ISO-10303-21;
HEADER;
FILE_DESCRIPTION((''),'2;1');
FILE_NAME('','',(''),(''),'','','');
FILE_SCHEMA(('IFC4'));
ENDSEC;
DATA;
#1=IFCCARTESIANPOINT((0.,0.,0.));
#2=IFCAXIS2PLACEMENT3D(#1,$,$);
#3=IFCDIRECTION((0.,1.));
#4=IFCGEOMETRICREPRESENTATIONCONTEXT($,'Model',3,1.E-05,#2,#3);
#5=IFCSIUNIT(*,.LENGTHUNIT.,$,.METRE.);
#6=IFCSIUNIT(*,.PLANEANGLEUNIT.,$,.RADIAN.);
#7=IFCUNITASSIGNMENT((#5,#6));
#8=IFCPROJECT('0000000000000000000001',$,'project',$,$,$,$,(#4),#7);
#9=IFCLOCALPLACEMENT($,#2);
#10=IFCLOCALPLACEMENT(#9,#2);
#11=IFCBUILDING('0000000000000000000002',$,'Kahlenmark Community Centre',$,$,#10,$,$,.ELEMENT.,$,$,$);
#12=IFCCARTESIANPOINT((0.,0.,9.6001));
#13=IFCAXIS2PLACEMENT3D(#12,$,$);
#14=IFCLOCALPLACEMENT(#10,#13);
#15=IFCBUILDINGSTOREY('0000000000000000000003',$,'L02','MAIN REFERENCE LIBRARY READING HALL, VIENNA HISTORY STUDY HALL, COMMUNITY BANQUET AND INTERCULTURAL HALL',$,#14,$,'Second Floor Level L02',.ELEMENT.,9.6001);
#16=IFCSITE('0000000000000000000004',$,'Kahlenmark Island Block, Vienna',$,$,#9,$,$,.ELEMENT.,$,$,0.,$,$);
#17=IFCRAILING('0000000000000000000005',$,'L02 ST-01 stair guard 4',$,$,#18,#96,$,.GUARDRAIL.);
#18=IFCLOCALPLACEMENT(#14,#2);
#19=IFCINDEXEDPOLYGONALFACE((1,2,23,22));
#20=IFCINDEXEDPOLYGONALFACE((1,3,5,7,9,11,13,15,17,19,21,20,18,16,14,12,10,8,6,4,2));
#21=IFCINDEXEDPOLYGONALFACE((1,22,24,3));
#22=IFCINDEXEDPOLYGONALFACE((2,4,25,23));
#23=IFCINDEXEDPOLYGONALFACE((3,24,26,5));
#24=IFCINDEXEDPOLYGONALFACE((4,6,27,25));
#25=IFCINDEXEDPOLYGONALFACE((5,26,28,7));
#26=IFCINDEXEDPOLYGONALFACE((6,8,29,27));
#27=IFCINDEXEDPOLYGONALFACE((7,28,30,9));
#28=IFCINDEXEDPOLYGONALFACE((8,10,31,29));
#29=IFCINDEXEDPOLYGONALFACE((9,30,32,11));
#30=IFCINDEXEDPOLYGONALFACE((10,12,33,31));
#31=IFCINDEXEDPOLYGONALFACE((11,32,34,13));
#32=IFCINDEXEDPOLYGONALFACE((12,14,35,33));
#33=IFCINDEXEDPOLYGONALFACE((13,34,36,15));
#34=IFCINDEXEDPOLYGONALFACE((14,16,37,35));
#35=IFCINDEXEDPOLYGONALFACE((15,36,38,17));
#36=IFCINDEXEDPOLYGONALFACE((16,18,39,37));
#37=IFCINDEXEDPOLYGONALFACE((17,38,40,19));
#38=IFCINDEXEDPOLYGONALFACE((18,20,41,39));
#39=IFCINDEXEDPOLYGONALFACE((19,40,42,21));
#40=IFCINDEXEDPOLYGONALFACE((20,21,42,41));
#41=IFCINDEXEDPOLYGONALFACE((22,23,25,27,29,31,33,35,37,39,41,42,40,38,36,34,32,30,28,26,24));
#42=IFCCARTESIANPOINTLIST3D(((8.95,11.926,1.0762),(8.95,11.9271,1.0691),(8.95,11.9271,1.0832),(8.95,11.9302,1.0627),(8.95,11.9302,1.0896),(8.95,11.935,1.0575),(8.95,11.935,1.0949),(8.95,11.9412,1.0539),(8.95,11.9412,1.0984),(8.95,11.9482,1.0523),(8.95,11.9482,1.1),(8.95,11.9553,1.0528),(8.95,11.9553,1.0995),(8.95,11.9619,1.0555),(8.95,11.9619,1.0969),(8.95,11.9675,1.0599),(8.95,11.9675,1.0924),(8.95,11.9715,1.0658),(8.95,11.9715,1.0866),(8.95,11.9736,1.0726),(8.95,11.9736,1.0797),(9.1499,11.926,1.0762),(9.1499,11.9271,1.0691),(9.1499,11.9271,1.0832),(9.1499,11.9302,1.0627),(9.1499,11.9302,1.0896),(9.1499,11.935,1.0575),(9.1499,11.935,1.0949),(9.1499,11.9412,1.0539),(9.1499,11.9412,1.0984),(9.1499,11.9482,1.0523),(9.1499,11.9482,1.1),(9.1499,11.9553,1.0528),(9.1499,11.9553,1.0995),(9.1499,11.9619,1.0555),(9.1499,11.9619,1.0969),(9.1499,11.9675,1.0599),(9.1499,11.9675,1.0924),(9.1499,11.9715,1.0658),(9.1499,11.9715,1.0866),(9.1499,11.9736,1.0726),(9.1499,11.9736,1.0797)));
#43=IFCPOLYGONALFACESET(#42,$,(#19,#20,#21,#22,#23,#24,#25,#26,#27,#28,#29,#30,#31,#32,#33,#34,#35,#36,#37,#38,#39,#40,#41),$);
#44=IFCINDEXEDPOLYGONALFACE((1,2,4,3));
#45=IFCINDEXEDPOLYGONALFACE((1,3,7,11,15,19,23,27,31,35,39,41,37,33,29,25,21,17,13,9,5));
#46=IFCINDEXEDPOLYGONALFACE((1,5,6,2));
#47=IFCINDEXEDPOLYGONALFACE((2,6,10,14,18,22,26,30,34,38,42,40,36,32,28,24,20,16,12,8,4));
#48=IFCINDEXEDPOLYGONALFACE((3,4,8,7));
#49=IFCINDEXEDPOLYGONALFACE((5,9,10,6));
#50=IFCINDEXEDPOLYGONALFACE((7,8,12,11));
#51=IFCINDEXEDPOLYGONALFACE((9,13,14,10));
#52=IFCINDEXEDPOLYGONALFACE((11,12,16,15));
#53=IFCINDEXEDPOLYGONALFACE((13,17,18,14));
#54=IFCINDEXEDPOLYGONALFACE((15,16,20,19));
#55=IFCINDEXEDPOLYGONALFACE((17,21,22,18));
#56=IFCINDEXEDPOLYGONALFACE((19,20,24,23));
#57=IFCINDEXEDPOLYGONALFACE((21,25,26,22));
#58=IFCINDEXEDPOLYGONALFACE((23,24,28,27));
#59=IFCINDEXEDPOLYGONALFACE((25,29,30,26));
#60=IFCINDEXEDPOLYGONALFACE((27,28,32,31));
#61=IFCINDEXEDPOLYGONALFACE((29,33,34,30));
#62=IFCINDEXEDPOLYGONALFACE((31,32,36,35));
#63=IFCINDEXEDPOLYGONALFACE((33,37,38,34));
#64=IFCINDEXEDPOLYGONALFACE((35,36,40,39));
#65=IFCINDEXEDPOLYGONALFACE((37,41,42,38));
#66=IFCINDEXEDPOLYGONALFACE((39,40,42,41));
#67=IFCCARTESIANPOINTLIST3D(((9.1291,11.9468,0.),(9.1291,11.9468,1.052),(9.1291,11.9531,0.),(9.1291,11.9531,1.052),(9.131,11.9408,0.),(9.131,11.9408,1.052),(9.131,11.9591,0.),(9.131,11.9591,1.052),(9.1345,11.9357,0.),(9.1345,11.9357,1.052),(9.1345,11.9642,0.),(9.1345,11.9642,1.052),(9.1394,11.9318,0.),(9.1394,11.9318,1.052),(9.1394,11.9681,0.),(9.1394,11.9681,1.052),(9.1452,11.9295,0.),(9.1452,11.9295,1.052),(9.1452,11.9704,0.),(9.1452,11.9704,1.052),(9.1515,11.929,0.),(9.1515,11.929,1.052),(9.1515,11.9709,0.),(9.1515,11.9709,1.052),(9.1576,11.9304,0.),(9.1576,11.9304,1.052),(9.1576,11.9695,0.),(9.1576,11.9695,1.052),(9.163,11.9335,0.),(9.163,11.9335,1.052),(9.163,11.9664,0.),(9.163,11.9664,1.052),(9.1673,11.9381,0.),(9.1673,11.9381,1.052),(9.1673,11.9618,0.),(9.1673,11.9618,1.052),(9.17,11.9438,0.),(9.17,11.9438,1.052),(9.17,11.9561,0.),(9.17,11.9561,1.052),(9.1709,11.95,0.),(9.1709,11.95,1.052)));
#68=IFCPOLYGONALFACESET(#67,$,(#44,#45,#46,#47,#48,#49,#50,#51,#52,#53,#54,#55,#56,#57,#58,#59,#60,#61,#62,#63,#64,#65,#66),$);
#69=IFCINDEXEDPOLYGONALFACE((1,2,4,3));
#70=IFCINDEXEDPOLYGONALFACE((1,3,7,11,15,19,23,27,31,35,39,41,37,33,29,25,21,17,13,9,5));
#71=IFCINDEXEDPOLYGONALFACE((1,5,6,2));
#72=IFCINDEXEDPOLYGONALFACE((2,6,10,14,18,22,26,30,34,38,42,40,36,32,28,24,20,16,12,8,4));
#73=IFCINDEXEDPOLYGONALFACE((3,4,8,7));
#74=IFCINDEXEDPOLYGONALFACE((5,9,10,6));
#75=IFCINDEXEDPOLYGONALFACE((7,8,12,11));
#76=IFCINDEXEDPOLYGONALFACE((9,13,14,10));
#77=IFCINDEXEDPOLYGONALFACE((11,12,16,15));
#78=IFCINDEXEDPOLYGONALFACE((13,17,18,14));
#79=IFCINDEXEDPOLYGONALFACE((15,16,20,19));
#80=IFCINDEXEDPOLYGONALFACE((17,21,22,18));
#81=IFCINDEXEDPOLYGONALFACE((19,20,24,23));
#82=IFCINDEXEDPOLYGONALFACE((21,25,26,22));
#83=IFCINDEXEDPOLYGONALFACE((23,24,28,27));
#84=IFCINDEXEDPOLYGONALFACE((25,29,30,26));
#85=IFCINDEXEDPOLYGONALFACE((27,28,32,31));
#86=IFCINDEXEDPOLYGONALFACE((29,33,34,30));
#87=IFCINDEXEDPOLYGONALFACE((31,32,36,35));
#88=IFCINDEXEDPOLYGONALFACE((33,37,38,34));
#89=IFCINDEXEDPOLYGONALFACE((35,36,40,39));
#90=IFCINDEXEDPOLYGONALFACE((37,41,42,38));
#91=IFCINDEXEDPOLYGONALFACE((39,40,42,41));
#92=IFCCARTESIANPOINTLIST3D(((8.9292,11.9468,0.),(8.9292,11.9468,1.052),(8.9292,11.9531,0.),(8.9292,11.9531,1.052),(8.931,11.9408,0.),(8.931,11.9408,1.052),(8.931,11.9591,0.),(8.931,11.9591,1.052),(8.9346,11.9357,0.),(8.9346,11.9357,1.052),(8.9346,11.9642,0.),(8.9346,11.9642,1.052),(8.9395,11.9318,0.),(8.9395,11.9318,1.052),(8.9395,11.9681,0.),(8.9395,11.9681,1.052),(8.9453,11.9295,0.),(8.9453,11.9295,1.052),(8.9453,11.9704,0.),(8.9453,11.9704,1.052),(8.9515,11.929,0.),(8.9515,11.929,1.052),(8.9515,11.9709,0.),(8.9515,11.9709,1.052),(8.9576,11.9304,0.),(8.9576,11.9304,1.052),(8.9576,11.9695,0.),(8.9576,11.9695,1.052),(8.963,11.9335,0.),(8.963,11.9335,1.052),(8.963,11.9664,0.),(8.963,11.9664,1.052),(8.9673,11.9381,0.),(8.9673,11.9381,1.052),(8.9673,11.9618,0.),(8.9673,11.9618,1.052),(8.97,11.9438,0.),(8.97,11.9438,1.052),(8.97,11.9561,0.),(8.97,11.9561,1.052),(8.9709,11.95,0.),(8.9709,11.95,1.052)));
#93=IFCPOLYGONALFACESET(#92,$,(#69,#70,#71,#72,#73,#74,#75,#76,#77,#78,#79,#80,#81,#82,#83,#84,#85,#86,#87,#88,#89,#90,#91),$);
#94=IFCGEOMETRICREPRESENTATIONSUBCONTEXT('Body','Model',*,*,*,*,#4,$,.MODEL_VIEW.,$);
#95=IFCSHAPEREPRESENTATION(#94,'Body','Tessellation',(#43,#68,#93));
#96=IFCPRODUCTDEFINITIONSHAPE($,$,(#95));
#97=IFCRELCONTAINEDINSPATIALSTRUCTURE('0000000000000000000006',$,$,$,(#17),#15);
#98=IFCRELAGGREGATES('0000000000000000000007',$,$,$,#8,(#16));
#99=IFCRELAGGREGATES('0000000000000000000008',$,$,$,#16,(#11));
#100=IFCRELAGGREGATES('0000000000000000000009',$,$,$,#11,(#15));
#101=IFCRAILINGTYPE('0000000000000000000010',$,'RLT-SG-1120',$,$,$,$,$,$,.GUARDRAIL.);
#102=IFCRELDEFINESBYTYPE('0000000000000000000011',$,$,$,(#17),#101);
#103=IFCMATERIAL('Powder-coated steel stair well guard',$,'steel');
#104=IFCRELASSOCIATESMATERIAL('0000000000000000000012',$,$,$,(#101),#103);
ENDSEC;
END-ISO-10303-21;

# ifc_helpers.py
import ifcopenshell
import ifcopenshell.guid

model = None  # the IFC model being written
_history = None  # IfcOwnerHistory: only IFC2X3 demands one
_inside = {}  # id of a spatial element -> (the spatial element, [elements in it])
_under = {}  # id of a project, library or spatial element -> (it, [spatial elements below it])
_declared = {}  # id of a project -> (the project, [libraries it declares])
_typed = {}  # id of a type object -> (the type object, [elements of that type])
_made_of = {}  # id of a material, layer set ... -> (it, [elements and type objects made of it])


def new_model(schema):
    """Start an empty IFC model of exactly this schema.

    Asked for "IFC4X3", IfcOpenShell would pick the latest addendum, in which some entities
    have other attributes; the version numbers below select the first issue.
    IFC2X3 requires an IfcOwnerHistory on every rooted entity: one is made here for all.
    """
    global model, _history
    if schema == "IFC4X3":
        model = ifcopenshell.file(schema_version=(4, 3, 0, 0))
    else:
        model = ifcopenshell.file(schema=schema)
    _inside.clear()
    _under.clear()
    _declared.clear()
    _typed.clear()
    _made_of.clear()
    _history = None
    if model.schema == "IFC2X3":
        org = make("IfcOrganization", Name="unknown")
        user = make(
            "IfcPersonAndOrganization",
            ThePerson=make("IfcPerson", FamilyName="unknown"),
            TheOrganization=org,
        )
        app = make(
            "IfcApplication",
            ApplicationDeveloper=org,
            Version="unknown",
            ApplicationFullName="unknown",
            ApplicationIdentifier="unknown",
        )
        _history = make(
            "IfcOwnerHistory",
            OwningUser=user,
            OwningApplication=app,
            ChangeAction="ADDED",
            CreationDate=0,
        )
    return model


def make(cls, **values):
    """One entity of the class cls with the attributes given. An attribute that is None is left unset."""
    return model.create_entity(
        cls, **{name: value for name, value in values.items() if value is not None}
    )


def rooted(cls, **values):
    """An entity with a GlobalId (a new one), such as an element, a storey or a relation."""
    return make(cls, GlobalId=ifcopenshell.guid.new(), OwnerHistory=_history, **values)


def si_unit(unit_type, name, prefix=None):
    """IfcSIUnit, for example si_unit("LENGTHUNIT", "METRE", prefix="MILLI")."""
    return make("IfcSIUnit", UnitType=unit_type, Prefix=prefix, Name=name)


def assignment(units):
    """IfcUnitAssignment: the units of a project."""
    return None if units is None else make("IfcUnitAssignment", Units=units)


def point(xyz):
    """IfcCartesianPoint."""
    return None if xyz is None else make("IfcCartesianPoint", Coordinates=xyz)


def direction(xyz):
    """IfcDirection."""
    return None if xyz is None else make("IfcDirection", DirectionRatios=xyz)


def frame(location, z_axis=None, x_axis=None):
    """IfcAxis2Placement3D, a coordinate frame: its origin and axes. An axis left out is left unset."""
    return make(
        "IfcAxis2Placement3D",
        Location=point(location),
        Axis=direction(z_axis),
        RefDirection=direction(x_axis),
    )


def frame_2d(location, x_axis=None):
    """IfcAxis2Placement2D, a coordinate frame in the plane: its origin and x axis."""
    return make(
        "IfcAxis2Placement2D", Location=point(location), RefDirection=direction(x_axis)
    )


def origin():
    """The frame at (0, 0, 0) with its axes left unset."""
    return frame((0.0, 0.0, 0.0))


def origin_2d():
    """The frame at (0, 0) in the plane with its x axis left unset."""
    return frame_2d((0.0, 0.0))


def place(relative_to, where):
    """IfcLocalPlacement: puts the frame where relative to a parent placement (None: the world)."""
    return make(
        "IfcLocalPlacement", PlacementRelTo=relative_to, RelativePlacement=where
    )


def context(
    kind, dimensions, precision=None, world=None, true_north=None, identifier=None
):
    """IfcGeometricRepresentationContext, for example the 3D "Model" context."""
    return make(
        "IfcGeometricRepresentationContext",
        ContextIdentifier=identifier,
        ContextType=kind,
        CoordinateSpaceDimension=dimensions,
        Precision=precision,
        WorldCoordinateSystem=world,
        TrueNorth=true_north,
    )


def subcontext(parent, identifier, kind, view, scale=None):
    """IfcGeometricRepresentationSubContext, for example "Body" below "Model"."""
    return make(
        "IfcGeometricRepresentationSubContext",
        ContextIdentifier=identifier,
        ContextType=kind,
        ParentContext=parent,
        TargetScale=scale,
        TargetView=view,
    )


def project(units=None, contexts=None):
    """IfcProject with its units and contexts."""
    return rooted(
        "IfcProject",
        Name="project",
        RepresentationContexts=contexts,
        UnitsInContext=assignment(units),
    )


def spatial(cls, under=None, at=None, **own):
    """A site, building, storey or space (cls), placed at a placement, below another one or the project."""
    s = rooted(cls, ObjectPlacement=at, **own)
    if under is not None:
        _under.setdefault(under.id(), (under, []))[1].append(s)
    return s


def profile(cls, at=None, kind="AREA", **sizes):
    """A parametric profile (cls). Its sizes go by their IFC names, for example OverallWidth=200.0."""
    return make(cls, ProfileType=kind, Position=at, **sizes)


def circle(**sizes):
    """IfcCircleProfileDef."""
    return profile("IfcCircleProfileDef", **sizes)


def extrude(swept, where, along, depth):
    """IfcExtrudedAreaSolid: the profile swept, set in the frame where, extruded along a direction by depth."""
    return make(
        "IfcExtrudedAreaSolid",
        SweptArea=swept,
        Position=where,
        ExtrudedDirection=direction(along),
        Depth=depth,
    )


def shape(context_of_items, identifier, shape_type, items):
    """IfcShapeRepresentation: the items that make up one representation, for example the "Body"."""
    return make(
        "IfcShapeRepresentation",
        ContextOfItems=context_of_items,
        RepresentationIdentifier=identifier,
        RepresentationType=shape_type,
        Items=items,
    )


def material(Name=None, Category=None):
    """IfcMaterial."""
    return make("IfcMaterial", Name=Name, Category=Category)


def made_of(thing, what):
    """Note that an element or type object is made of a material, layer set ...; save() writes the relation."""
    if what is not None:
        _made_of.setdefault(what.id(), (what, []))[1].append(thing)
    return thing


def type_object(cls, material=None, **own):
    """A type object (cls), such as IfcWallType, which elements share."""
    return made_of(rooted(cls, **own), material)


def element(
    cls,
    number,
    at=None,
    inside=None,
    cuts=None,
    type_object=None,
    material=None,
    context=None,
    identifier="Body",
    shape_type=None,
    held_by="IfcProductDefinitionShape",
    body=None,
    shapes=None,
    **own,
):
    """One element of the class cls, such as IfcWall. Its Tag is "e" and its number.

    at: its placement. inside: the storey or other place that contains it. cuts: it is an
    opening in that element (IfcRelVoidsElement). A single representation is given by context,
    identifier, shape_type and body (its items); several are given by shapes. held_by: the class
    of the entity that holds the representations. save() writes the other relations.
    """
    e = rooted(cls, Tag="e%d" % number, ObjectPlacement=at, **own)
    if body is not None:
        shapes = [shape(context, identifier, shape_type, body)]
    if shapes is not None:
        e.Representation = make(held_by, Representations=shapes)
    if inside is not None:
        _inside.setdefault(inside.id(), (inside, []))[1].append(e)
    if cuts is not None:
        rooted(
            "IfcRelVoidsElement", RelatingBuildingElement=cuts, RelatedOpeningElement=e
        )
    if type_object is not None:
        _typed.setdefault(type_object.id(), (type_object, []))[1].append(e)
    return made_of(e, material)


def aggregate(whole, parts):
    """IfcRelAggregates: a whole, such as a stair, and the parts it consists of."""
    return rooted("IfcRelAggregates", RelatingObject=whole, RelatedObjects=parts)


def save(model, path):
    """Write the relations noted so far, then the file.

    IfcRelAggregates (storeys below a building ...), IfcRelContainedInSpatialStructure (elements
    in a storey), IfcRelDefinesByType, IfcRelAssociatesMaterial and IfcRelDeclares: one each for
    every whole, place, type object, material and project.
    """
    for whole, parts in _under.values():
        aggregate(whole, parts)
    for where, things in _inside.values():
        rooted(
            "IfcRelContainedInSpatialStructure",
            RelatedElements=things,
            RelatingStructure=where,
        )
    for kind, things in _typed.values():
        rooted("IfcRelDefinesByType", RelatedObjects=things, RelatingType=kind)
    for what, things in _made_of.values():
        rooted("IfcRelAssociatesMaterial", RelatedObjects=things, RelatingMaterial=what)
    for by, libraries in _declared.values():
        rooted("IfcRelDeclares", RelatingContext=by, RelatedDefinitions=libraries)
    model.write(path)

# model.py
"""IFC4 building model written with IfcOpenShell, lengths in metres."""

from ifc_helpers import new_model, si_unit, direction, frame, origin, origin_2d, place, context, subcontext, project, spatial, circle, extrude, material, type_object, element, save


model = new_model("IFC4")

# Units and contexts
model_context = context("Model", 3, precision=1e-05, world=origin(), true_north=direction((0.0, 1.0)))
body_context = subcontext(model_context, "Body", "Model", "MODEL_VIEW")
ifc_project = project(units=[si_unit("LENGTHUNIT", "METRE"), si_unit("PLANEANGLEUNIT", "RADIAN")], contexts=[model_context])

# Site, building, storey
site_placement = place(None, origin())
site = spatial("IfcSite", under=ifc_project, at=site_placement, Name="Kahlenmark Island Block, Vienna", CompositionType="ELEMENT", RefElevation=0.0)
building_placement = place(site_placement, origin())
building = spatial("IfcBuilding", under=site, at=building_placement, Name="Kahlenmark Community Centre", CompositionType="ELEMENT")
storey_placement = place(building_placement, frame((0.0, 0.0, 9.6001)))
storey = spatial("IfcBuildingStorey", under=building, at=storey_placement, Name="L02", Description="MAIN REFERENCE LIBRARY READING HALL, VIENNA HISTORY STUDY HALL, COMMUNITY BANQUET AND INTERCULTURAL HALL", LongName="Second Floor Level L02", CompositionType="ELEMENT", Elevation=9.6001)

# Railing
ifc_material_1 = material(Name="Powder-coated steel stair well guard", Category="steel")
railing_type_1 = type_object("IfcRailingType", Name="RLT-SG-1120", PredefinedType="GUARDRAIL", material=ifc_material_1)
railing_1_placement = place(storey_placement, frame((9.1499, 11.95, 0.0)))
element("IfcRailing", 1, at=railing_1_placement, inside=storey, type_object=railing_type_1, Name="L02 ST-01 stair guard 4", PredefinedType="GUARDRAIL", context=body_context, shape_type="SweptSolid", body=[
    extrude(circle(Radius=0.0239, at=origin_2d()), frame((0.0, 0.0, 1.0762), z_axis=(-1.0, 0.0, 0.0), x_axis=(0.0, -1.0, 0.0)), (0.0, 0.0, 1.0), 0.2),
    extrude(circle(Radius=0.021, at=origin_2d()), origin(), (0.0, 0.0, 1.0), 1.052),
    extrude(circle(Radius=0.021, at=origin_2d()), frame((-0.2, 0.0, 0.0)), (0.0, 0.0, 1.0), 1.052),
])

save(model, "model.ifc")
